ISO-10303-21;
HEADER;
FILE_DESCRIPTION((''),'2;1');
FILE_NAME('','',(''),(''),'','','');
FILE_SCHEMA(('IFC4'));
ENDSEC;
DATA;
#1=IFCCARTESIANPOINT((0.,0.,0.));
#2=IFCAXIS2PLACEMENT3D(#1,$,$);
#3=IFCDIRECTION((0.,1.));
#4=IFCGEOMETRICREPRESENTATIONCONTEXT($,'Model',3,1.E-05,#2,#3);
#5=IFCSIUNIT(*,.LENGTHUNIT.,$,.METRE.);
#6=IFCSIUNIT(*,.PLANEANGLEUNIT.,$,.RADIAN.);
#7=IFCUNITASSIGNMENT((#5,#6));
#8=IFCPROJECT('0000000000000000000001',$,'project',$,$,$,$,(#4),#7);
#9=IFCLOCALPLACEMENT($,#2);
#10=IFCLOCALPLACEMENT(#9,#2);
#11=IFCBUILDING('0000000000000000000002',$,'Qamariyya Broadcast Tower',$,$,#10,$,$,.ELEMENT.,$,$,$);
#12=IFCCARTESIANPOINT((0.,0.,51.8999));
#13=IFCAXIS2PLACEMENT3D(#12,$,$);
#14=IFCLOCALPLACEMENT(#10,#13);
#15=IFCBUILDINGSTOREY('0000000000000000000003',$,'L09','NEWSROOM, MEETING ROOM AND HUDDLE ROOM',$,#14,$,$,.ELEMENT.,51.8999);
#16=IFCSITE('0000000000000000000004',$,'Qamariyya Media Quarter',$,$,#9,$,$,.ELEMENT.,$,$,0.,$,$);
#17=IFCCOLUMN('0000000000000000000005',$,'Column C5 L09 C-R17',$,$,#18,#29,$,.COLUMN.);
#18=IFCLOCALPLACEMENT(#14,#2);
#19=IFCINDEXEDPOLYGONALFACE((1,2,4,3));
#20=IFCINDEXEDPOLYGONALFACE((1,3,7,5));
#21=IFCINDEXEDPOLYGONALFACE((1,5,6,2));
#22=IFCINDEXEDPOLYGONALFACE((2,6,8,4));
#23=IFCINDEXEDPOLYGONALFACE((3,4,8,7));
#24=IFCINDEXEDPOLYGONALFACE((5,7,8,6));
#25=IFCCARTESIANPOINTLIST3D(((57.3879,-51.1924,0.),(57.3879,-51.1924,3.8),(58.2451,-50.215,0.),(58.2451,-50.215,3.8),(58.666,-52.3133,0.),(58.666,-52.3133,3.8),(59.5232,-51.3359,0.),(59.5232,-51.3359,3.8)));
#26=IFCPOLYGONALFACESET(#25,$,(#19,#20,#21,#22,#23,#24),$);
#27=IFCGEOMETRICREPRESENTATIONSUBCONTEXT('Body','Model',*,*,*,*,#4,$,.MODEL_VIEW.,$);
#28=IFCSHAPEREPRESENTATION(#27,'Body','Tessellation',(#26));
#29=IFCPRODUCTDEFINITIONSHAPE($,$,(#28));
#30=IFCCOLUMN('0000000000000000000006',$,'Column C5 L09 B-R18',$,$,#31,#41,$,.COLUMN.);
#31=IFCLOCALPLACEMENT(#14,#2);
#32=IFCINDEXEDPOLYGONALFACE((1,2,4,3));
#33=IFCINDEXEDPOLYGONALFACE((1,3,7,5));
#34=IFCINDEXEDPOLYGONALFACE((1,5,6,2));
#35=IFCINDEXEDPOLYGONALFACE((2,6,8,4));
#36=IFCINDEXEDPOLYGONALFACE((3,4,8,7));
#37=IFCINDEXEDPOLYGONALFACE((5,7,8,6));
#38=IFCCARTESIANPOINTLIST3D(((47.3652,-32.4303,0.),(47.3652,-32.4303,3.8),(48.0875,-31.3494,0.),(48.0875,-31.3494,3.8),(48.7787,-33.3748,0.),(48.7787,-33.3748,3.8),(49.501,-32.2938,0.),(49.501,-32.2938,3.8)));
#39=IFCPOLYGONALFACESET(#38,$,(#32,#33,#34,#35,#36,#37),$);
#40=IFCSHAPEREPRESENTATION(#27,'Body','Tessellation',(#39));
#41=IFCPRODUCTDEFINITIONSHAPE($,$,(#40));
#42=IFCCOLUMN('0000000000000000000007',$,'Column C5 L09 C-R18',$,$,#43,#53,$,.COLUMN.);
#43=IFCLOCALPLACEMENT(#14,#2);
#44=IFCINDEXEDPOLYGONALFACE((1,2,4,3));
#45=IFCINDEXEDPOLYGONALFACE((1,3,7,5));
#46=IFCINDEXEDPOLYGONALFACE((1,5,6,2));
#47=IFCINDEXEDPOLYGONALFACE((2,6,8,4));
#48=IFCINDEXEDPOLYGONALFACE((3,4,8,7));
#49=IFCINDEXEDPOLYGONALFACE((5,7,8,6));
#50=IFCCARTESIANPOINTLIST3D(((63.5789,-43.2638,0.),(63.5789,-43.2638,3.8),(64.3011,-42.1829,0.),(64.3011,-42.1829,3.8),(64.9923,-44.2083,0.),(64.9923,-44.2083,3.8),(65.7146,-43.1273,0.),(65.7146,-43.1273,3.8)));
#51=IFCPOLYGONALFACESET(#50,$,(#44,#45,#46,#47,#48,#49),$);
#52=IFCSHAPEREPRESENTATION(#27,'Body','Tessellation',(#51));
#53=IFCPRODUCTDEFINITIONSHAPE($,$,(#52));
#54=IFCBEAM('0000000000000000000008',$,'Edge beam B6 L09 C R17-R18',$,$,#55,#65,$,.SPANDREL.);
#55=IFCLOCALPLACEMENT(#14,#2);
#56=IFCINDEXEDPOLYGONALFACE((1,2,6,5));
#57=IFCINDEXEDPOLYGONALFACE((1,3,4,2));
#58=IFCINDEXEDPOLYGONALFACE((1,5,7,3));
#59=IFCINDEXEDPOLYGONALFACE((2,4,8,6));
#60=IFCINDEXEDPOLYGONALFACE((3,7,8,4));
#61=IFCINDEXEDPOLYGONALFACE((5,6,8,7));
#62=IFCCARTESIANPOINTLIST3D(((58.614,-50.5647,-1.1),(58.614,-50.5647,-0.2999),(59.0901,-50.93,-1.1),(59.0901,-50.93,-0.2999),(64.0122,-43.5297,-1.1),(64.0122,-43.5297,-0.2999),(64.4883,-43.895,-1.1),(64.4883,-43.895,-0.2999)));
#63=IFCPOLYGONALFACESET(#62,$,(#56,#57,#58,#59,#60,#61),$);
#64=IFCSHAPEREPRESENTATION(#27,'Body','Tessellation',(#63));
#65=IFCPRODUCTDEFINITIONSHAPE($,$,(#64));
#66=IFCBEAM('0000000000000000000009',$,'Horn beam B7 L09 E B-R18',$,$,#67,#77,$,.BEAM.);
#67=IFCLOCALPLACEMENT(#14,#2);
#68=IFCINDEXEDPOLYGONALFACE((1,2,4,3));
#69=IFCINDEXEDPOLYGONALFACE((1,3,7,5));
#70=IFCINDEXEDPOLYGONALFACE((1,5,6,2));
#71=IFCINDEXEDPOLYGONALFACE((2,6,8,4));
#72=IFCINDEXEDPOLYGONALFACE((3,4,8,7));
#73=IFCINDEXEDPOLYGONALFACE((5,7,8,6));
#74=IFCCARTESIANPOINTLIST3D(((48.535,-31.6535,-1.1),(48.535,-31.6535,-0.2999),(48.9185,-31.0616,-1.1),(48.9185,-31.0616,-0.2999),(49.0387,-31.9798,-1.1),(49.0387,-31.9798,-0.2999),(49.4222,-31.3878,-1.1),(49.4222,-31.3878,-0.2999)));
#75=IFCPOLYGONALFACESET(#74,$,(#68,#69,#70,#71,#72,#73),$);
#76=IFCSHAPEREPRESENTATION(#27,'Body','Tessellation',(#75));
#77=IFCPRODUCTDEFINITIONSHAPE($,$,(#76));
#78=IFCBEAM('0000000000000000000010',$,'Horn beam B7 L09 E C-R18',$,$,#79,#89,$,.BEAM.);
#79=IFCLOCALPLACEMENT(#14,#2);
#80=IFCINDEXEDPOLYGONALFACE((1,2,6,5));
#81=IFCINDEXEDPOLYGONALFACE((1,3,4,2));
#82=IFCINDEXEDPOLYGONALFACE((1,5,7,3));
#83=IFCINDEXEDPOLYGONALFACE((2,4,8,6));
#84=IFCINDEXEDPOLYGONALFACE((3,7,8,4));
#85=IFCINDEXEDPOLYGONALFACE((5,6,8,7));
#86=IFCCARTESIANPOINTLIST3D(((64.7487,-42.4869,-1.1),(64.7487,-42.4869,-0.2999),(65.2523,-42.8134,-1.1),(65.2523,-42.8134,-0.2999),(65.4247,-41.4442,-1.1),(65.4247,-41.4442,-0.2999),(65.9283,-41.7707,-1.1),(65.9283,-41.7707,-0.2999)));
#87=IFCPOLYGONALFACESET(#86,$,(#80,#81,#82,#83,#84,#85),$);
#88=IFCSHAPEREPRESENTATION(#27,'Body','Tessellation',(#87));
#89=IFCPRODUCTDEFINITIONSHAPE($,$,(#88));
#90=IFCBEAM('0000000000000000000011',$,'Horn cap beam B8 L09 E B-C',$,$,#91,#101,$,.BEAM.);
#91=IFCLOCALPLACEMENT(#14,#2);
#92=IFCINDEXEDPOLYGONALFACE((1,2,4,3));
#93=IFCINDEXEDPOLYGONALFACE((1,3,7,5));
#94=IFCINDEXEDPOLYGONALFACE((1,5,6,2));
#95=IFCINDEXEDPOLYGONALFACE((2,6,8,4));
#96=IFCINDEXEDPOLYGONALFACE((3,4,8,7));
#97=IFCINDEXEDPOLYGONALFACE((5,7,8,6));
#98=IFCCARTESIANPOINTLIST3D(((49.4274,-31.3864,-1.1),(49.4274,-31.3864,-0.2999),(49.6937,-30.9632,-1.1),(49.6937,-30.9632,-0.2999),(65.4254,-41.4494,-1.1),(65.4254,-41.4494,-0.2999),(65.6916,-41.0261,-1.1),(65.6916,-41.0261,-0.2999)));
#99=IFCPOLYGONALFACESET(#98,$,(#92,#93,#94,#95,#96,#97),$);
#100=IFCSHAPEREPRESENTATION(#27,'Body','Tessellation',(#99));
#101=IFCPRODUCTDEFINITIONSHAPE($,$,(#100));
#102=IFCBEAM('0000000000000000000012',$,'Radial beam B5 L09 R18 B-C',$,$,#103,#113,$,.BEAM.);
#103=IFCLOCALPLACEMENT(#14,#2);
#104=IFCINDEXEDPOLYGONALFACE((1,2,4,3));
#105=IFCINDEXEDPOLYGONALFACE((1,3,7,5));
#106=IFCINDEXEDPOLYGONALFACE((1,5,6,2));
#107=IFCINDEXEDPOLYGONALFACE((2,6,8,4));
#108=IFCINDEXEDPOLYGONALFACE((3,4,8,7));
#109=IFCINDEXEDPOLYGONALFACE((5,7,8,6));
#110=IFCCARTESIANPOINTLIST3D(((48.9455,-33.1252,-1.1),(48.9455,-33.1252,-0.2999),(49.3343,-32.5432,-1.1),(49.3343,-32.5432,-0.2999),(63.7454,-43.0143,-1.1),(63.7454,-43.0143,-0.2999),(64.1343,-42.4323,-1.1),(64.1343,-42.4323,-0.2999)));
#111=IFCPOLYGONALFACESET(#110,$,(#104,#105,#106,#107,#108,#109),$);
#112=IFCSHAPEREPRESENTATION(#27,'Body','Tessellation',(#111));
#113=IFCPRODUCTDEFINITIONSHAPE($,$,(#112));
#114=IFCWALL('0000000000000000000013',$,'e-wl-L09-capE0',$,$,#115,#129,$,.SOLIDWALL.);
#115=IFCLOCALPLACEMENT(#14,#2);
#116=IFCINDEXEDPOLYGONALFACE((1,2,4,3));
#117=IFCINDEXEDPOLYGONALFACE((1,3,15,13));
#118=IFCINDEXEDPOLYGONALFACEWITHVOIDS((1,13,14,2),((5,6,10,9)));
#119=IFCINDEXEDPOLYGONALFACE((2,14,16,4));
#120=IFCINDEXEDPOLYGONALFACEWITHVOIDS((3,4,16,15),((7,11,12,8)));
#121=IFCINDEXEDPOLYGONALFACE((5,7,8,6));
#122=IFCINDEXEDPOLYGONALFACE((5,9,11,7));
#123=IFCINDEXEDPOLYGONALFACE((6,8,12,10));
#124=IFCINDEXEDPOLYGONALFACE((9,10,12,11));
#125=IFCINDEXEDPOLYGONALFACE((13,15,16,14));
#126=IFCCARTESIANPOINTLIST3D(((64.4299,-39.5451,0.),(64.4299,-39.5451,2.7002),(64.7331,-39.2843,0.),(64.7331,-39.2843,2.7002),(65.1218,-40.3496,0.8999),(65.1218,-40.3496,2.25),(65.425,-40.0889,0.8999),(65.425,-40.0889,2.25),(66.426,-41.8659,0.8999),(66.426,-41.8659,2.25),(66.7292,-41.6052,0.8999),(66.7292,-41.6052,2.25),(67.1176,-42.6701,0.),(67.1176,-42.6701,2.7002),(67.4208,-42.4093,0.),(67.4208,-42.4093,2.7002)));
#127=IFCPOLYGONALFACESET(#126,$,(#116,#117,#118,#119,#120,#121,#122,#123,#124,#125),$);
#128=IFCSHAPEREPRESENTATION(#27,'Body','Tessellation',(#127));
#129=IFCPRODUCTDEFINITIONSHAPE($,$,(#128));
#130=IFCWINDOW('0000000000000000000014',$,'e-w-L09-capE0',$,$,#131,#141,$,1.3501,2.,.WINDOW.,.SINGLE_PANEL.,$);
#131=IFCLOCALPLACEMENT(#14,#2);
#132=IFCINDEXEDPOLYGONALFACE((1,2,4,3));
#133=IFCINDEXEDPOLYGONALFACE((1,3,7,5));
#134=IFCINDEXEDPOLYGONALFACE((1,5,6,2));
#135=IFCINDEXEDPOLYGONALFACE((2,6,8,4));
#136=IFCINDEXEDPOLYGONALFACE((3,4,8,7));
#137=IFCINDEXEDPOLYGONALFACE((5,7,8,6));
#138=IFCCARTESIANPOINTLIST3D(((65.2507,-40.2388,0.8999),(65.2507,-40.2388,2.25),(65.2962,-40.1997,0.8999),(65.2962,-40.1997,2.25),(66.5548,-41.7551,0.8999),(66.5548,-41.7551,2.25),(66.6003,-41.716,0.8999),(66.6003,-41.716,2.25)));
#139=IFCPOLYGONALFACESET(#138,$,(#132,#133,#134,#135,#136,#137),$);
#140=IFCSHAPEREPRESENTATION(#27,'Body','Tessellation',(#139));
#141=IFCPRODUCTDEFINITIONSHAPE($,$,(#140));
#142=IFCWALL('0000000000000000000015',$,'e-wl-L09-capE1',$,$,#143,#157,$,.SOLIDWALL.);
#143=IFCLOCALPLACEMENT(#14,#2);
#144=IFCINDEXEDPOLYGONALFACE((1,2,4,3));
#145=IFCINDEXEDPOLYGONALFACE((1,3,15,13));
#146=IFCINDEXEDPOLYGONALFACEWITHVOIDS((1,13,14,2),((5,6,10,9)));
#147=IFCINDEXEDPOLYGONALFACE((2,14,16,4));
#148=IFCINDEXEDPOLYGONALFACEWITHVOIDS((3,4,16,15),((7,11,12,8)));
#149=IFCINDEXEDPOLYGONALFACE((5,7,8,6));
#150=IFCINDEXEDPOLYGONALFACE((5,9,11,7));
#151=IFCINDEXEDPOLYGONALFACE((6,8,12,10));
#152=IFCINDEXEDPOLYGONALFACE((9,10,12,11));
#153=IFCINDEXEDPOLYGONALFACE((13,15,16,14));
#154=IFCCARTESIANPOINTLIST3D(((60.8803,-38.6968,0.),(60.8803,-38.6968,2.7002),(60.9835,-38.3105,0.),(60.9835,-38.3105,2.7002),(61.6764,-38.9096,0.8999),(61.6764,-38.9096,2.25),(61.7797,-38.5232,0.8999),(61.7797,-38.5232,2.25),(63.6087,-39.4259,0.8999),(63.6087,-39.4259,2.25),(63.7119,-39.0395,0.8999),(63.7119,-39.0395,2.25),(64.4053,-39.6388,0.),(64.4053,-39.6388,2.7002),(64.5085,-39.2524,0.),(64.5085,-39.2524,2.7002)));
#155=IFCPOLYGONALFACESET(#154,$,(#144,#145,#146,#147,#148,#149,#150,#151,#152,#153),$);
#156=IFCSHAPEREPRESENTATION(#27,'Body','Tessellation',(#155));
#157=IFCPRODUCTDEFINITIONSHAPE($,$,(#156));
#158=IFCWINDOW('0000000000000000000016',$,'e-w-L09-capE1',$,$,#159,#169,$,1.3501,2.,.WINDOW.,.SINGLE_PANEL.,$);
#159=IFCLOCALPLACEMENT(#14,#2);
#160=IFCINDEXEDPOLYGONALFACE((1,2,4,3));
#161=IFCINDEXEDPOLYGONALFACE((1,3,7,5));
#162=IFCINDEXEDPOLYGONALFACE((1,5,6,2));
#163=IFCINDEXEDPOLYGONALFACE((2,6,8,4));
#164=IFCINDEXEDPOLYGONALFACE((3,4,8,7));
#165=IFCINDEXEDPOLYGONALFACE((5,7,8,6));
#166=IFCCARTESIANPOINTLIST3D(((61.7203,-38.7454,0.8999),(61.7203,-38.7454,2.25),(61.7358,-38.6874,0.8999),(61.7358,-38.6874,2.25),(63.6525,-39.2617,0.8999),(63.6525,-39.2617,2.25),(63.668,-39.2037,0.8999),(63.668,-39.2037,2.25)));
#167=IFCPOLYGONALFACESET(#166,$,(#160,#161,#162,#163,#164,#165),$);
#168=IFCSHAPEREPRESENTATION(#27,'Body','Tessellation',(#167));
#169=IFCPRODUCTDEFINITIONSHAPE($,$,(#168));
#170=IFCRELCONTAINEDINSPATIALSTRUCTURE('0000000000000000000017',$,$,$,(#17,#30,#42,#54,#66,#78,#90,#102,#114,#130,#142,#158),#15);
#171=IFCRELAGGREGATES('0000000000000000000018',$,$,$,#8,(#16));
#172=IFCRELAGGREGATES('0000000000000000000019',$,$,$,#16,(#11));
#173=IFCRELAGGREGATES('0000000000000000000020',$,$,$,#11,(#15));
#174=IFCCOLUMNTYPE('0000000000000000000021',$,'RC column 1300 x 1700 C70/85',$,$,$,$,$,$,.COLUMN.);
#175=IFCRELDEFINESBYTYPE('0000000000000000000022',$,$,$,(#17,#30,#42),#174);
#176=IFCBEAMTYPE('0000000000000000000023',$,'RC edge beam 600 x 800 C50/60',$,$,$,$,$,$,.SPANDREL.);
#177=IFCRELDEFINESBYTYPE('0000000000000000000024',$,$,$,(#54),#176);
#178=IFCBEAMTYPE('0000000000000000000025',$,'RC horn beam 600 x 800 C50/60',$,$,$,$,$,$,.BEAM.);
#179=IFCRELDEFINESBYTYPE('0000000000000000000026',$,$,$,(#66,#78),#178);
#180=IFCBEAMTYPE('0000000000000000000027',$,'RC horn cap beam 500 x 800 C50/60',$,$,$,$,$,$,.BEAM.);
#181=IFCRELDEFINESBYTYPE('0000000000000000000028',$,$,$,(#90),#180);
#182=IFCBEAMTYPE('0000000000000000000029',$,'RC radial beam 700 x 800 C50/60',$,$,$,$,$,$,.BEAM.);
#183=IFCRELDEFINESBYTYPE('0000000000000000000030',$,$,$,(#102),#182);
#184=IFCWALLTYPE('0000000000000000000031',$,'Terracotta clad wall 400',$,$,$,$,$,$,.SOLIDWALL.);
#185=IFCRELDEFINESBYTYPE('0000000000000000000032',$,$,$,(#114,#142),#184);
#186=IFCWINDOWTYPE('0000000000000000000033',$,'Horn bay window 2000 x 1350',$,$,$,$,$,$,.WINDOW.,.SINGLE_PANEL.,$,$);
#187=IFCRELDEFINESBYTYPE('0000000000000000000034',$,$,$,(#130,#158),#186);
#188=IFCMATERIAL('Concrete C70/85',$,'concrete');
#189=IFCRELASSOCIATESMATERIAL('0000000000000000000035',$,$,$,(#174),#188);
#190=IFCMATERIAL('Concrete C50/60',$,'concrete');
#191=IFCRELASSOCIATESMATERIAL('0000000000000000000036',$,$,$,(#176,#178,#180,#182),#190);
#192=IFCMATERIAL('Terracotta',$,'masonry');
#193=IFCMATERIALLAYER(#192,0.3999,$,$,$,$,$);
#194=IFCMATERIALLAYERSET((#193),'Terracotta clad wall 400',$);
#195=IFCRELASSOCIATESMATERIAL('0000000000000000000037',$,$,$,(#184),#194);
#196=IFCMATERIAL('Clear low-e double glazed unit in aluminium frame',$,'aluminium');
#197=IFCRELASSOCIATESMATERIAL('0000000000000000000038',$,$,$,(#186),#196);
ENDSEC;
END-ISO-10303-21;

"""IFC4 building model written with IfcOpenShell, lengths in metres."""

from ifc_helpers import new_model, si_unit, direction, frame, frame_2d, origin, origin_2d, place, context, subcontext, project, spatial, rectangle, extrude, material, layer, layer_set, material_profile, profile_set, type_object, element, fill, save


model = new_model("IFC4")

# Units and contexts
model_context = context("Model", 3, precision=1e-05, world=origin(), true_north=direction((0.0, 1.0)))
body_context = subcontext(model_context, "Body", "Model", "MODEL_VIEW")
ifc_project = project(units=[si_unit("LENGTHUNIT", "METRE"), si_unit("PLANEANGLEUNIT", "RADIAN")], contexts=[model_context])

# Site, building, storey
site_placement = place(None, origin())
site = spatial("IfcSite", under=ifc_project, at=site_placement, Name="Qamariyya Media Quarter", CompositionType="ELEMENT", RefElevation=0.0)
building_placement = place(site_placement, origin())
building = spatial("IfcBuilding", under=site, at=building_placement, Name="Qamariyya Broadcast Tower", CompositionType="ELEMENT")
storey_placement = place(building_placement, frame((0.0, 0.0, 51.8999)))
storey = spatial("IfcBuildingStorey", under=building, at=storey_placement, Name="L09", Description="NEWSROOM, MEETING ROOM AND HUDDLE ROOM", CompositionType="ELEMENT", Elevation=51.8999)

# Columns
ifc_material_1 = material(Name="Concrete C70/85", Category="concrete")
ifc_material_profile_1 = material_profile(ifc_material_1, rectangle(XDim=1.3, YDim=1.7, at=origin_2d()))
ifc_profile_set_1 = profile_set([ifc_material_profile_1], Name="Concrete C70/85")
column_type = type_object("IfcColumnType", Name="RC column 1300 x 1700 C70/85", PredefinedType="COLUMN", material=ifc_profile_set_1)
for number, where, z_axis, x_axis, name in (
    (1, (58.4556, -51.2642, 0.0), (0.0, 0.0, 1.0), (0.659346, 0.75184, 0.0), "Column C5 L09 C-R17"),
    (2, (48.4331, -32.3621, 0.0), (0.0, 0.0, 1.0), (0.55557, 0.83147, 0.0), "Column C5 L09 B-R18"),
    (3, (64.6467, -43.1956, 0.0), (0.0, 0.0, 1.0), (0.55557, 0.83147, 0.0), "Column C5 L09 C-R18"),
):
    element("IfcColumn", number, at=place(storey_placement, frame(where, z_axis=z_axis, x_axis=x_axis)), inside=storey, type_object=column_type, Name=name, PredefinedType="COLUMN", context=body_context, shape_type="SweptSolid", body=[
        extrude(rectangle(XDim=1.3, YDim=1.7, at=origin_2d()), origin(), (0.0, 0.0, 1.0), 3.8),
    ])

# Beams
ifc_material_2 = material(Name="Concrete C50/60", Category="concrete")
ifc_material_profile_2 = material_profile(ifc_material_2, rectangle(XDim=0.6001, YDim=0.8, at=origin_2d()))
ifc_profile_set_2 = profile_set([ifc_material_profile_2], Name="Concrete C50/60")
beam_type_1 = type_object("IfcBeamType", Name="RC edge beam 600 x 800 C50/60", PredefinedType="SPANDREL", material=ifc_profile_set_2)
beam_1_placement = place(storey_placement, frame((58.8521, -50.7473, -0.7), z_axis=(0.60877, 0.793347, 0.0), x_axis=(-0.793347, 0.60877, 0.0)))
element("IfcBeam", 4, at=beam_1_placement, inside=storey, type_object=beam_type_1, Name="Edge beam B6 L09 C R17-R18", PredefinedType="SPANDREL", context=body_context, shape_type="SweptSolid", body=[
    extrude(rectangle(XDim=0.6001, YDim=0.8, at=origin_2d()), origin(), (0.0, 0.0, 1.0), 8.8674),
])
ifc_material_profile_3 = material_profile(ifc_material_2, rectangle(XDim=0.6001, YDim=0.8, at=origin_2d()))
ifc_profile_set_3 = profile_set([ifc_material_profile_3], Name="Concrete C50/60")
beam_type_2 = type_object("IfcBeamType", Name="RC horn beam 600 x 800 C50/60", PredefinedType="BEAM", material=ifc_profile_set_3)
beam_2_placement = place(storey_placement, frame((48.7869, -31.8167, -0.7), z_axis=(0.54371, 0.839273, 0.0), x_axis=(-0.839273, 0.54371, 0.0)))
element("IfcBeam", 5, at=beam_2_placement, inside=storey, type_object=beam_type_2, Name="Horn beam B7 L09 E B-R18", PredefinedType="BEAM", context=body_context, shape_type="SweptSolid", body=[
    extrude(rectangle(XDim=0.6001, YDim=0.8, at=origin_2d()), origin(), (0.0, 0.0, 1.0), 0.7053),
])
beam_3_placement = place(storey_placement, frame((65.0005, -42.6501, -0.7), z_axis=(0.544, 0.839085, 0.0), x_axis=(-0.839085, 0.544, 0.0)))
element("IfcBeam", 6, at=beam_3_placement, inside=storey, type_object=beam_type_2, Name="Horn beam B7 L09 E C-R18", PredefinedType="BEAM", context=body_context, shape_type="SweptSolid", body=[
    extrude(rectangle(XDim=0.6001, YDim=0.8, at=origin_2d()), origin(), (0.0, 0.0, 1.0), 1.2427),
])
ifc_material_profile_4 = material_profile(ifc_material_2, rectangle(XDim=0.5, YDim=0.8, at=origin_2d()))
ifc_profile_set_4 = profile_set([ifc_material_profile_4], Name="Concrete C50/60")
beam_type_3 = type_object("IfcBeamType", Name="RC horn cap beam 500 x 800 C50/60", PredefinedType="BEAM", material=ifc_profile_set_4)
beam_4_placement = place(storey_placement, frame((49.5605, -31.1748, -0.7), z_axis=(0.846468, -0.53244, 0.0), x_axis=(0.53244, 0.846468, 0.0)))
element("IfcBeam", 7, at=beam_4_placement, inside=storey, type_object=beam_type_3, Name="Horn cap beam B8 L09 E B-C", PredefinedType="BEAM", context=body_context, shape_type="SweptSolid", body=[
    extrude(rectangle(XDim=0.5, YDim=0.8, at=origin_2d()), origin(), (0.0, 0.0, 1.0), 18.8997),
])
ifc_material_profile_5 = material_profile(ifc_material_2, rectangle(XDim=0.7, YDim=0.8, at=origin_2d()))
ifc_profile_set_5 = profile_set([ifc_material_profile_5], Name="Concrete C50/60")
beam_type_4 = type_object("IfcBeamType", Name="RC radial beam 700 x 800 C50/60", PredefinedType="BEAM", material=ifc_profile_set_5)
beam_5_placement = place(storey_placement, frame((49.1399, -32.8342, -0.7), z_axis=(0.831467, -0.555573, 0.0), x_axis=(0.555573, 0.831467, 0.0)))
element("IfcBeam", 8, at=beam_5_placement, inside=storey, type_object=beam_type_4, Name="Radial beam B5 L09 R18 B-C", PredefinedType="BEAM", context=body_context, shape_type="SweptSolid", body=[
    extrude(rectangle(XDim=0.7, YDim=0.8, at=origin_2d()), origin(), (0.0, 0.0, 1.0), 17.7998),
])

# Walls, openings, windows
ifc_material_3 = material(Name="Terracotta", Category="masonry")
ifc_layer = layer(ifc_material_3, 0.3999)
ifc_layer_set = layer_set([ifc_layer], Name="Terracotta clad wall 400")
wall_type = type_object("IfcWallType", Name="Terracotta clad wall 400", PredefinedType="SOLIDWALL", material=ifc_layer_set)
wall_1_placement = place(storey_placement, frame((67.2693, -42.5398, 0.0), z_axis=(0.0, 0.0, 1.0), x_axis=(-0.652073, 0.758156, 0.0)))
wall_1 = element("IfcWall", 9, at=wall_1_placement, inside=storey, type_object=wall_type, Name="e-wl-L09-capE0", PredefinedType="SOLIDWALL", context=body_context, shape_type="SweptSolid", body=[
    extrude(rectangle(XDim=4.1218, YDim=0.3999, at=frame_2d((2.061, 0.0))), origin(), (0.0, 0.0, 1.0), 2.7002),
])
opening_1_placement = place(wall_1_placement, frame((1.0608, 0.0, 0.8999)))
opening_1 = element("IfcOpeningElement", 10, at=opening_1_placement, cuts=wall_1, PredefinedType="OPENING", context=body_context, shape_type="SweptSolid", body=[
    extrude(rectangle(XDim=2.0, YDim=1.3501, at=frame_2d((1.0, 0.675))), frame((0.0, 0.21, 0.0), z_axis=(0.0, -1.0, 0.0), x_axis=(1.0, 0.0, 0.0)), (0.0, 0.0, 1.0), 0.4199),
])
ifc_material_4 = material(Name="Clear low-e double glazed unit in aluminium frame", Category="aluminium")
window_type_1 = type_object("IfcWindowType", Name="Horn bay window 2000 x 1350", PartitioningType="SINGLE_PANEL", PredefinedType="WINDOW", material=ifc_material_4)
window_1_placement = place(opening_1_placement, origin())
window_1 = element("IfcWindow", 11, at=window_1_placement, inside=storey, type_object=window_type_1, Name="e-w-L09-capE0", OverallHeight=1.3501, OverallWidth=2.0, PartitioningType="SINGLE_PANEL", PredefinedType="WINDOW", context=body_context, shape_type="SweptSolid", body=[
    extrude(rectangle(XDim=2.0, YDim=1.3501, at=frame_2d((1.0, 0.675))), frame((0.0, 0.03, 0.0), z_axis=(0.0, -1.0, 0.0), x_axis=(1.0, 0.0, 0.0)), (0.0, 0.0, 1.0), 0.0601),
])
fill(opening_1, window_1)
wall_2_placement = place(storey_placement, frame((64.4568, -39.4456, 0.0), z_axis=(0.0, 0.0, 1.0), x_axis=(-0.966104, 0.258154, 0.0)))
wall_2 = element("IfcWall", 12, at=wall_2_placement, inside=storey, type_object=wall_type, Name="e-wl-L09-capE1", PredefinedType="SOLIDWALL", context=body_context, shape_type="SweptSolid", body=[
    extrude(rectangle(XDim=3.6487, YDim=0.3999, at=frame_2d((1.8242, 0.0))), origin(), (0.0, 0.0, 1.0), 2.7002),
])
opening_2_placement = place(wall_2_placement, frame((0.8245, 0.0, 0.8999)))
opening_2 = element("IfcOpeningElement", 13, at=opening_2_placement, cuts=wall_2, PredefinedType="OPENING", context=body_context, shape_type="SweptSolid", body=[
    extrude(rectangle(XDim=2.0, YDim=1.3501, at=frame_2d((1.0, 0.675))), frame((0.0, 0.21, 0.0), z_axis=(0.0, -1.0, 0.0), x_axis=(1.0, 0.0, 0.0)), (0.0, 0.0, 1.0), 0.4199),
])
window_2_placement = place(opening_2_placement, origin())
window_2 = element("IfcWindow", 14, at=window_2_placement, inside=storey, type_object=window_type_1, Name="e-w-L09-capE1", OverallHeight=1.3501, OverallWidth=2.0, PartitioningType="SINGLE_PANEL", PredefinedType="WINDOW", context=body_context, shape_type="SweptSolid", body=[
    extrude(rectangle(XDim=2.0, YDim=1.3501, at=frame_2d((1.0, 0.675))), frame((0.0, 0.03, 0.0), z_axis=(0.0, -1.0, 0.0), x_axis=(1.0, 0.0, 0.0)), (0.0, 0.0, 1.0), 0.0601),
])
fill(opening_2, window_2)

save(model, "model.ifc")
